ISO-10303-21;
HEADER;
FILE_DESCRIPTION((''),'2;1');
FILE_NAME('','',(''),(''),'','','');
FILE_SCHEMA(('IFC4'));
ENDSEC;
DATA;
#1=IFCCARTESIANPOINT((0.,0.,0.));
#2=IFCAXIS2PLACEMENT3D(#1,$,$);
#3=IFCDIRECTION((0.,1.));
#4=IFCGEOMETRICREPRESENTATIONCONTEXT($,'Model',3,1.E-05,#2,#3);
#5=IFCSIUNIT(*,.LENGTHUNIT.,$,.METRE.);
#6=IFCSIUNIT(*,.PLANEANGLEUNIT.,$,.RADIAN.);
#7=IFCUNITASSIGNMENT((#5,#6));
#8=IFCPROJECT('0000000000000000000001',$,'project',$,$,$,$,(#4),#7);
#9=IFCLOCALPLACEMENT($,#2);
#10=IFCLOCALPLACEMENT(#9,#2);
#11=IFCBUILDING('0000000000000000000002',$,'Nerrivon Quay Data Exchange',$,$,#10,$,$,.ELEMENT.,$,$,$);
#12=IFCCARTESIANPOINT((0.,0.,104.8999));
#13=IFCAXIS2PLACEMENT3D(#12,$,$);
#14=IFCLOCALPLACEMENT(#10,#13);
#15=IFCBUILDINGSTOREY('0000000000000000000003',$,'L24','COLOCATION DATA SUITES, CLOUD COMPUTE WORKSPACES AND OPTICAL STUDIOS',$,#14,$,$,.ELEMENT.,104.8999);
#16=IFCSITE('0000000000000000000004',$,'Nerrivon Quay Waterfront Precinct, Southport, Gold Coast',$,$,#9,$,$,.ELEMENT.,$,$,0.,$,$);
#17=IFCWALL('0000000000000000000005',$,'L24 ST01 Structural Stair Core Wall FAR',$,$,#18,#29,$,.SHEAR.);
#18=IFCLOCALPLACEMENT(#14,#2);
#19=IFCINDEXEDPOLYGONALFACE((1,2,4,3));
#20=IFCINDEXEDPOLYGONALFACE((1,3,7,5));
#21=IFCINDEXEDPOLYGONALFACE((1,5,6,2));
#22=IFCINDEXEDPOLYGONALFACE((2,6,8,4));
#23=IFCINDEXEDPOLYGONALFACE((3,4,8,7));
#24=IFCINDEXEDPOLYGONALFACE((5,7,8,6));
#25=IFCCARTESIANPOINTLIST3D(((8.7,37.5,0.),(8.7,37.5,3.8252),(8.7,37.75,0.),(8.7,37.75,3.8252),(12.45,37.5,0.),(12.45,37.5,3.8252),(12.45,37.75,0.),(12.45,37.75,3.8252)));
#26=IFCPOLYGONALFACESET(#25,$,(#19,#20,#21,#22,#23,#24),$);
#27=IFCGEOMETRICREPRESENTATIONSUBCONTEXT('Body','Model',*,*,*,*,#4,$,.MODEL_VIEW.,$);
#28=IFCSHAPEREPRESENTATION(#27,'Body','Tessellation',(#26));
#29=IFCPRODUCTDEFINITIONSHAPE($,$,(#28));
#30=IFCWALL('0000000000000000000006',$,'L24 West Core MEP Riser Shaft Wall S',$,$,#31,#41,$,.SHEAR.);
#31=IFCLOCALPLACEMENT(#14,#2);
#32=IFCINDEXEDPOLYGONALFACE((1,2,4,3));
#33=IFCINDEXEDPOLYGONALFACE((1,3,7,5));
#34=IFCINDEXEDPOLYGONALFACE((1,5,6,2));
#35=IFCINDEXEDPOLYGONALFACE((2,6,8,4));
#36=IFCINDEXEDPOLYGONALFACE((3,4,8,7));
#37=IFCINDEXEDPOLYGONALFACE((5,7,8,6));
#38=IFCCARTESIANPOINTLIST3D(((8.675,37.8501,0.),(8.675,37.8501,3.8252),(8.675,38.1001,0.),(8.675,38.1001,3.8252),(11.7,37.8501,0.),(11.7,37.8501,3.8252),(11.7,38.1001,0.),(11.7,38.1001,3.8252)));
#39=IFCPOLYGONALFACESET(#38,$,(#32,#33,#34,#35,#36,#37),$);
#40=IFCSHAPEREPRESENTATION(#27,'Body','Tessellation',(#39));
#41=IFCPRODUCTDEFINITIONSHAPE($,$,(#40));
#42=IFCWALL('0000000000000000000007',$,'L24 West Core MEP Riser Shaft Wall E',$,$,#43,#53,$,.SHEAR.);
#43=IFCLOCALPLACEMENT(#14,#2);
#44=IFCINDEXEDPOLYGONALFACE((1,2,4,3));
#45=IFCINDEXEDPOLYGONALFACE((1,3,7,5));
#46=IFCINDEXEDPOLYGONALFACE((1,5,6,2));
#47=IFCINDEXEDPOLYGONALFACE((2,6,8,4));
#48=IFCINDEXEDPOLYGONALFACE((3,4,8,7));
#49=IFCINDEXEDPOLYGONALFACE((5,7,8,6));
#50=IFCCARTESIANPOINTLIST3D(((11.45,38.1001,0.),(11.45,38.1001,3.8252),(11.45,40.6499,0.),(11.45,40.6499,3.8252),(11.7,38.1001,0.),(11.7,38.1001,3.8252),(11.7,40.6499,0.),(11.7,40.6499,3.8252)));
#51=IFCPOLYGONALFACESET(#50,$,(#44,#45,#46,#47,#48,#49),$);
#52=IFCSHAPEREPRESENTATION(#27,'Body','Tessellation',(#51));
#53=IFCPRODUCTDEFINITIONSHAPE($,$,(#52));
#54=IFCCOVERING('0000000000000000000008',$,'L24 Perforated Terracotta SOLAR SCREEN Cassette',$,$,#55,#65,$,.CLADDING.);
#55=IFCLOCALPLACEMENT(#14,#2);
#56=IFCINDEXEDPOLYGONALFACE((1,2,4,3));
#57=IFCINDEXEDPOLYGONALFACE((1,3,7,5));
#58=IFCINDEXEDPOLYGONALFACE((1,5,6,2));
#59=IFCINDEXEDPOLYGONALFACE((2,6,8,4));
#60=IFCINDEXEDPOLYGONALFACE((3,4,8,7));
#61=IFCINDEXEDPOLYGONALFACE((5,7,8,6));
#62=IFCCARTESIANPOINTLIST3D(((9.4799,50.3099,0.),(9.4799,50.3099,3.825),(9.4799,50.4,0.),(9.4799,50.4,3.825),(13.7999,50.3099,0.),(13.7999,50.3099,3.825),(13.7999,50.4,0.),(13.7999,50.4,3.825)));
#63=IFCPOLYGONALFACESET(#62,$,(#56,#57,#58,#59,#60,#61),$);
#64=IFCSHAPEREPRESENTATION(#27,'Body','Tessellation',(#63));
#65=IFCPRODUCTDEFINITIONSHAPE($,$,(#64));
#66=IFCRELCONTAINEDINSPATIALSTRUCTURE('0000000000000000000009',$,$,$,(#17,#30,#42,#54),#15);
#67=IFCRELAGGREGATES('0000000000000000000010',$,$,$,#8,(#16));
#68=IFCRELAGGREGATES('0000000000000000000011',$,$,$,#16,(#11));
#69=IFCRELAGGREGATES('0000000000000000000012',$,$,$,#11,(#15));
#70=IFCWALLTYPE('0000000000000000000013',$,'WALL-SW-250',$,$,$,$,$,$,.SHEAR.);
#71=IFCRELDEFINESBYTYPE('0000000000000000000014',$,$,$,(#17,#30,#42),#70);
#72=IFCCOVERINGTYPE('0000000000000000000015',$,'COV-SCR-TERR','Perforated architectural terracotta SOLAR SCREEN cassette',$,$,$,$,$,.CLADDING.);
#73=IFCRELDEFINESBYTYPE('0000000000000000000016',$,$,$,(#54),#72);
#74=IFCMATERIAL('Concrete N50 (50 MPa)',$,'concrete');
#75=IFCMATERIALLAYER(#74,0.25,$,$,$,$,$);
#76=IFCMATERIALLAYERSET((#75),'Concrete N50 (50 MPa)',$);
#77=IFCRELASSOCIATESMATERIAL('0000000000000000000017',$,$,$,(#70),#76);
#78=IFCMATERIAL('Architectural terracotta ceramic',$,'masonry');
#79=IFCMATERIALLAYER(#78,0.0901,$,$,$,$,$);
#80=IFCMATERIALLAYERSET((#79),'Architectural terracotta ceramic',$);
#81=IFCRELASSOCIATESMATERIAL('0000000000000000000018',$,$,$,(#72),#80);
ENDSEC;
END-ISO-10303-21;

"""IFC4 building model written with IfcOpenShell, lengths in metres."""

from ifc_helpers import new_model, si_unit, direction, frame, frame_2d, origin, origin_2d, place, context, subcontext, project, spatial, rectangle, extrude, material, layer, layer_set, type_object, element, save


model = new_model("IFC4")

# Units and contexts
model_context = context("Model", 3, precision=1e-05, world=origin(), true_north=direction((0.0, 1.0)))
body_context = subcontext(model_context, "Body", "Model", "MODEL_VIEW")
ifc_project = project(units=[si_unit("LENGTHUNIT", "METRE"), si_unit("PLANEANGLEUNIT", "RADIAN")], contexts=[model_context])

# Site, building, storey
site_placement = place(None, origin())
site = spatial("IfcSite", under=ifc_project, at=site_placement, Name="Nerrivon Quay Waterfront Precinct, Southport, Gold Coast", CompositionType="ELEMENT", RefElevation=0.0)
building_placement = place(site_placement, origin())
building = spatial("IfcBuilding", under=site, at=building_placement, Name="Nerrivon Quay Data Exchange", CompositionType="ELEMENT")
storey_placement = place(building_placement, frame((0.0, 0.0, 104.8999)))
storey = spatial("IfcBuildingStorey", under=building, at=storey_placement, Name="L24", Description="COLOCATION DATA SUITES, CLOUD COMPUTE WORKSPACES AND OPTICAL STUDIOS", CompositionType="ELEMENT", Elevation=104.8999)

# Walls
ifc_material_1 = material(Name="Concrete N50 (50 MPa)", Category="concrete")
ifc_layer_1 = layer(ifc_material_1, 0.25)
ifc_layer_set_1 = layer_set([ifc_layer_1], Name="Concrete N50 (50 MPa)")
wall_type_1 = type_object("IfcWallType", Name="WALL-SW-250", PredefinedType="SHEAR", material=ifc_layer_set_1)
wall_1_placement = place(storey_placement, frame((12.45, 37.625, 0.0), z_axis=(0.0, 0.0, 1.0), x_axis=(-1.0, 0.0, 0.0)))
element("IfcWall", 1, at=wall_1_placement, inside=storey, type_object=wall_type_1, Name="L24 ST01 Structural Stair Core Wall FAR", PredefinedType="SHEAR", context=body_context, shape_type="SweptSolid", body=[
    extrude(rectangle(XDim=3.75, YDim=0.25, at=frame_2d((1.875, 0.0))), origin(), (0.0, 0.0, 1.0), 3.8252),
])
wall_2_placement = place(storey_placement, frame((8.675, 37.9751, 0.0), z_axis=(0.0, 0.0, 1.0), x_axis=(1.0, 0.0, 0.0)))
element("IfcWall", 2, at=wall_2_placement, inside=storey, type_object=wall_type_1, Name="L24 West Core MEP Riser Shaft Wall S", PredefinedType="SHEAR", context=body_context, shape_type="SweptSolid", body=[
    extrude(rectangle(XDim=3.0249, YDim=0.25, at=frame_2d((1.5125, 0.0))), origin(), (0.0, 0.0, 1.0), 3.8252),
])
wall_3_placement = place(storey_placement, frame((11.575, 38.1001, 0.0), z_axis=(0.0, 0.0, 1.0), x_axis=(0.0, 1.0, 0.0)))
element("IfcWall", 3, at=wall_3_placement, inside=storey, type_object=wall_type_1, Name="L24 West Core MEP Riser Shaft Wall E", PredefinedType="SHEAR", context=body_context, shape_type="SweptSolid", body=[
    extrude(rectangle(XDim=2.5498, YDim=0.25, at=frame_2d((1.2749, 0.0))), origin(), (0.0, 0.0, 1.0), 3.8252),
])

# Covering
ifc_material_2 = material(Name="Architectural terracotta ceramic", Category="masonry")
ifc_layer_2 = layer(ifc_material_2, 0.0901)
ifc_layer_set_2 = layer_set([ifc_layer_2], Name="Architectural terracotta ceramic")
covering_type = type_object("IfcCoveringType", Name="COV-SCR-TERR", Description="Perforated architectural terracotta SOLAR SCREEN cassette", PredefinedType="CLADDING", material=ifc_layer_set_2)
covering_placement = place(storey_placement, frame((11.6399, 50.355, 0.0), z_axis=(0.0, 0.0, 1.0), x_axis=(1.0, 0.0, 0.0)))
element("IfcCovering", 4, at=covering_placement, inside=storey, type_object=covering_type, Name="L24 Perforated Terracotta SOLAR SCREEN Cassette", PredefinedType="CLADDING", context=body_context, shape_type="SweptSolid", body=[
    extrude(rectangle(XDim=4.3201, YDim=0.0901, at=origin_2d()), origin(), (0.0, 0.0, 1.0), 3.825),
])

save(model, "model.ifc")
